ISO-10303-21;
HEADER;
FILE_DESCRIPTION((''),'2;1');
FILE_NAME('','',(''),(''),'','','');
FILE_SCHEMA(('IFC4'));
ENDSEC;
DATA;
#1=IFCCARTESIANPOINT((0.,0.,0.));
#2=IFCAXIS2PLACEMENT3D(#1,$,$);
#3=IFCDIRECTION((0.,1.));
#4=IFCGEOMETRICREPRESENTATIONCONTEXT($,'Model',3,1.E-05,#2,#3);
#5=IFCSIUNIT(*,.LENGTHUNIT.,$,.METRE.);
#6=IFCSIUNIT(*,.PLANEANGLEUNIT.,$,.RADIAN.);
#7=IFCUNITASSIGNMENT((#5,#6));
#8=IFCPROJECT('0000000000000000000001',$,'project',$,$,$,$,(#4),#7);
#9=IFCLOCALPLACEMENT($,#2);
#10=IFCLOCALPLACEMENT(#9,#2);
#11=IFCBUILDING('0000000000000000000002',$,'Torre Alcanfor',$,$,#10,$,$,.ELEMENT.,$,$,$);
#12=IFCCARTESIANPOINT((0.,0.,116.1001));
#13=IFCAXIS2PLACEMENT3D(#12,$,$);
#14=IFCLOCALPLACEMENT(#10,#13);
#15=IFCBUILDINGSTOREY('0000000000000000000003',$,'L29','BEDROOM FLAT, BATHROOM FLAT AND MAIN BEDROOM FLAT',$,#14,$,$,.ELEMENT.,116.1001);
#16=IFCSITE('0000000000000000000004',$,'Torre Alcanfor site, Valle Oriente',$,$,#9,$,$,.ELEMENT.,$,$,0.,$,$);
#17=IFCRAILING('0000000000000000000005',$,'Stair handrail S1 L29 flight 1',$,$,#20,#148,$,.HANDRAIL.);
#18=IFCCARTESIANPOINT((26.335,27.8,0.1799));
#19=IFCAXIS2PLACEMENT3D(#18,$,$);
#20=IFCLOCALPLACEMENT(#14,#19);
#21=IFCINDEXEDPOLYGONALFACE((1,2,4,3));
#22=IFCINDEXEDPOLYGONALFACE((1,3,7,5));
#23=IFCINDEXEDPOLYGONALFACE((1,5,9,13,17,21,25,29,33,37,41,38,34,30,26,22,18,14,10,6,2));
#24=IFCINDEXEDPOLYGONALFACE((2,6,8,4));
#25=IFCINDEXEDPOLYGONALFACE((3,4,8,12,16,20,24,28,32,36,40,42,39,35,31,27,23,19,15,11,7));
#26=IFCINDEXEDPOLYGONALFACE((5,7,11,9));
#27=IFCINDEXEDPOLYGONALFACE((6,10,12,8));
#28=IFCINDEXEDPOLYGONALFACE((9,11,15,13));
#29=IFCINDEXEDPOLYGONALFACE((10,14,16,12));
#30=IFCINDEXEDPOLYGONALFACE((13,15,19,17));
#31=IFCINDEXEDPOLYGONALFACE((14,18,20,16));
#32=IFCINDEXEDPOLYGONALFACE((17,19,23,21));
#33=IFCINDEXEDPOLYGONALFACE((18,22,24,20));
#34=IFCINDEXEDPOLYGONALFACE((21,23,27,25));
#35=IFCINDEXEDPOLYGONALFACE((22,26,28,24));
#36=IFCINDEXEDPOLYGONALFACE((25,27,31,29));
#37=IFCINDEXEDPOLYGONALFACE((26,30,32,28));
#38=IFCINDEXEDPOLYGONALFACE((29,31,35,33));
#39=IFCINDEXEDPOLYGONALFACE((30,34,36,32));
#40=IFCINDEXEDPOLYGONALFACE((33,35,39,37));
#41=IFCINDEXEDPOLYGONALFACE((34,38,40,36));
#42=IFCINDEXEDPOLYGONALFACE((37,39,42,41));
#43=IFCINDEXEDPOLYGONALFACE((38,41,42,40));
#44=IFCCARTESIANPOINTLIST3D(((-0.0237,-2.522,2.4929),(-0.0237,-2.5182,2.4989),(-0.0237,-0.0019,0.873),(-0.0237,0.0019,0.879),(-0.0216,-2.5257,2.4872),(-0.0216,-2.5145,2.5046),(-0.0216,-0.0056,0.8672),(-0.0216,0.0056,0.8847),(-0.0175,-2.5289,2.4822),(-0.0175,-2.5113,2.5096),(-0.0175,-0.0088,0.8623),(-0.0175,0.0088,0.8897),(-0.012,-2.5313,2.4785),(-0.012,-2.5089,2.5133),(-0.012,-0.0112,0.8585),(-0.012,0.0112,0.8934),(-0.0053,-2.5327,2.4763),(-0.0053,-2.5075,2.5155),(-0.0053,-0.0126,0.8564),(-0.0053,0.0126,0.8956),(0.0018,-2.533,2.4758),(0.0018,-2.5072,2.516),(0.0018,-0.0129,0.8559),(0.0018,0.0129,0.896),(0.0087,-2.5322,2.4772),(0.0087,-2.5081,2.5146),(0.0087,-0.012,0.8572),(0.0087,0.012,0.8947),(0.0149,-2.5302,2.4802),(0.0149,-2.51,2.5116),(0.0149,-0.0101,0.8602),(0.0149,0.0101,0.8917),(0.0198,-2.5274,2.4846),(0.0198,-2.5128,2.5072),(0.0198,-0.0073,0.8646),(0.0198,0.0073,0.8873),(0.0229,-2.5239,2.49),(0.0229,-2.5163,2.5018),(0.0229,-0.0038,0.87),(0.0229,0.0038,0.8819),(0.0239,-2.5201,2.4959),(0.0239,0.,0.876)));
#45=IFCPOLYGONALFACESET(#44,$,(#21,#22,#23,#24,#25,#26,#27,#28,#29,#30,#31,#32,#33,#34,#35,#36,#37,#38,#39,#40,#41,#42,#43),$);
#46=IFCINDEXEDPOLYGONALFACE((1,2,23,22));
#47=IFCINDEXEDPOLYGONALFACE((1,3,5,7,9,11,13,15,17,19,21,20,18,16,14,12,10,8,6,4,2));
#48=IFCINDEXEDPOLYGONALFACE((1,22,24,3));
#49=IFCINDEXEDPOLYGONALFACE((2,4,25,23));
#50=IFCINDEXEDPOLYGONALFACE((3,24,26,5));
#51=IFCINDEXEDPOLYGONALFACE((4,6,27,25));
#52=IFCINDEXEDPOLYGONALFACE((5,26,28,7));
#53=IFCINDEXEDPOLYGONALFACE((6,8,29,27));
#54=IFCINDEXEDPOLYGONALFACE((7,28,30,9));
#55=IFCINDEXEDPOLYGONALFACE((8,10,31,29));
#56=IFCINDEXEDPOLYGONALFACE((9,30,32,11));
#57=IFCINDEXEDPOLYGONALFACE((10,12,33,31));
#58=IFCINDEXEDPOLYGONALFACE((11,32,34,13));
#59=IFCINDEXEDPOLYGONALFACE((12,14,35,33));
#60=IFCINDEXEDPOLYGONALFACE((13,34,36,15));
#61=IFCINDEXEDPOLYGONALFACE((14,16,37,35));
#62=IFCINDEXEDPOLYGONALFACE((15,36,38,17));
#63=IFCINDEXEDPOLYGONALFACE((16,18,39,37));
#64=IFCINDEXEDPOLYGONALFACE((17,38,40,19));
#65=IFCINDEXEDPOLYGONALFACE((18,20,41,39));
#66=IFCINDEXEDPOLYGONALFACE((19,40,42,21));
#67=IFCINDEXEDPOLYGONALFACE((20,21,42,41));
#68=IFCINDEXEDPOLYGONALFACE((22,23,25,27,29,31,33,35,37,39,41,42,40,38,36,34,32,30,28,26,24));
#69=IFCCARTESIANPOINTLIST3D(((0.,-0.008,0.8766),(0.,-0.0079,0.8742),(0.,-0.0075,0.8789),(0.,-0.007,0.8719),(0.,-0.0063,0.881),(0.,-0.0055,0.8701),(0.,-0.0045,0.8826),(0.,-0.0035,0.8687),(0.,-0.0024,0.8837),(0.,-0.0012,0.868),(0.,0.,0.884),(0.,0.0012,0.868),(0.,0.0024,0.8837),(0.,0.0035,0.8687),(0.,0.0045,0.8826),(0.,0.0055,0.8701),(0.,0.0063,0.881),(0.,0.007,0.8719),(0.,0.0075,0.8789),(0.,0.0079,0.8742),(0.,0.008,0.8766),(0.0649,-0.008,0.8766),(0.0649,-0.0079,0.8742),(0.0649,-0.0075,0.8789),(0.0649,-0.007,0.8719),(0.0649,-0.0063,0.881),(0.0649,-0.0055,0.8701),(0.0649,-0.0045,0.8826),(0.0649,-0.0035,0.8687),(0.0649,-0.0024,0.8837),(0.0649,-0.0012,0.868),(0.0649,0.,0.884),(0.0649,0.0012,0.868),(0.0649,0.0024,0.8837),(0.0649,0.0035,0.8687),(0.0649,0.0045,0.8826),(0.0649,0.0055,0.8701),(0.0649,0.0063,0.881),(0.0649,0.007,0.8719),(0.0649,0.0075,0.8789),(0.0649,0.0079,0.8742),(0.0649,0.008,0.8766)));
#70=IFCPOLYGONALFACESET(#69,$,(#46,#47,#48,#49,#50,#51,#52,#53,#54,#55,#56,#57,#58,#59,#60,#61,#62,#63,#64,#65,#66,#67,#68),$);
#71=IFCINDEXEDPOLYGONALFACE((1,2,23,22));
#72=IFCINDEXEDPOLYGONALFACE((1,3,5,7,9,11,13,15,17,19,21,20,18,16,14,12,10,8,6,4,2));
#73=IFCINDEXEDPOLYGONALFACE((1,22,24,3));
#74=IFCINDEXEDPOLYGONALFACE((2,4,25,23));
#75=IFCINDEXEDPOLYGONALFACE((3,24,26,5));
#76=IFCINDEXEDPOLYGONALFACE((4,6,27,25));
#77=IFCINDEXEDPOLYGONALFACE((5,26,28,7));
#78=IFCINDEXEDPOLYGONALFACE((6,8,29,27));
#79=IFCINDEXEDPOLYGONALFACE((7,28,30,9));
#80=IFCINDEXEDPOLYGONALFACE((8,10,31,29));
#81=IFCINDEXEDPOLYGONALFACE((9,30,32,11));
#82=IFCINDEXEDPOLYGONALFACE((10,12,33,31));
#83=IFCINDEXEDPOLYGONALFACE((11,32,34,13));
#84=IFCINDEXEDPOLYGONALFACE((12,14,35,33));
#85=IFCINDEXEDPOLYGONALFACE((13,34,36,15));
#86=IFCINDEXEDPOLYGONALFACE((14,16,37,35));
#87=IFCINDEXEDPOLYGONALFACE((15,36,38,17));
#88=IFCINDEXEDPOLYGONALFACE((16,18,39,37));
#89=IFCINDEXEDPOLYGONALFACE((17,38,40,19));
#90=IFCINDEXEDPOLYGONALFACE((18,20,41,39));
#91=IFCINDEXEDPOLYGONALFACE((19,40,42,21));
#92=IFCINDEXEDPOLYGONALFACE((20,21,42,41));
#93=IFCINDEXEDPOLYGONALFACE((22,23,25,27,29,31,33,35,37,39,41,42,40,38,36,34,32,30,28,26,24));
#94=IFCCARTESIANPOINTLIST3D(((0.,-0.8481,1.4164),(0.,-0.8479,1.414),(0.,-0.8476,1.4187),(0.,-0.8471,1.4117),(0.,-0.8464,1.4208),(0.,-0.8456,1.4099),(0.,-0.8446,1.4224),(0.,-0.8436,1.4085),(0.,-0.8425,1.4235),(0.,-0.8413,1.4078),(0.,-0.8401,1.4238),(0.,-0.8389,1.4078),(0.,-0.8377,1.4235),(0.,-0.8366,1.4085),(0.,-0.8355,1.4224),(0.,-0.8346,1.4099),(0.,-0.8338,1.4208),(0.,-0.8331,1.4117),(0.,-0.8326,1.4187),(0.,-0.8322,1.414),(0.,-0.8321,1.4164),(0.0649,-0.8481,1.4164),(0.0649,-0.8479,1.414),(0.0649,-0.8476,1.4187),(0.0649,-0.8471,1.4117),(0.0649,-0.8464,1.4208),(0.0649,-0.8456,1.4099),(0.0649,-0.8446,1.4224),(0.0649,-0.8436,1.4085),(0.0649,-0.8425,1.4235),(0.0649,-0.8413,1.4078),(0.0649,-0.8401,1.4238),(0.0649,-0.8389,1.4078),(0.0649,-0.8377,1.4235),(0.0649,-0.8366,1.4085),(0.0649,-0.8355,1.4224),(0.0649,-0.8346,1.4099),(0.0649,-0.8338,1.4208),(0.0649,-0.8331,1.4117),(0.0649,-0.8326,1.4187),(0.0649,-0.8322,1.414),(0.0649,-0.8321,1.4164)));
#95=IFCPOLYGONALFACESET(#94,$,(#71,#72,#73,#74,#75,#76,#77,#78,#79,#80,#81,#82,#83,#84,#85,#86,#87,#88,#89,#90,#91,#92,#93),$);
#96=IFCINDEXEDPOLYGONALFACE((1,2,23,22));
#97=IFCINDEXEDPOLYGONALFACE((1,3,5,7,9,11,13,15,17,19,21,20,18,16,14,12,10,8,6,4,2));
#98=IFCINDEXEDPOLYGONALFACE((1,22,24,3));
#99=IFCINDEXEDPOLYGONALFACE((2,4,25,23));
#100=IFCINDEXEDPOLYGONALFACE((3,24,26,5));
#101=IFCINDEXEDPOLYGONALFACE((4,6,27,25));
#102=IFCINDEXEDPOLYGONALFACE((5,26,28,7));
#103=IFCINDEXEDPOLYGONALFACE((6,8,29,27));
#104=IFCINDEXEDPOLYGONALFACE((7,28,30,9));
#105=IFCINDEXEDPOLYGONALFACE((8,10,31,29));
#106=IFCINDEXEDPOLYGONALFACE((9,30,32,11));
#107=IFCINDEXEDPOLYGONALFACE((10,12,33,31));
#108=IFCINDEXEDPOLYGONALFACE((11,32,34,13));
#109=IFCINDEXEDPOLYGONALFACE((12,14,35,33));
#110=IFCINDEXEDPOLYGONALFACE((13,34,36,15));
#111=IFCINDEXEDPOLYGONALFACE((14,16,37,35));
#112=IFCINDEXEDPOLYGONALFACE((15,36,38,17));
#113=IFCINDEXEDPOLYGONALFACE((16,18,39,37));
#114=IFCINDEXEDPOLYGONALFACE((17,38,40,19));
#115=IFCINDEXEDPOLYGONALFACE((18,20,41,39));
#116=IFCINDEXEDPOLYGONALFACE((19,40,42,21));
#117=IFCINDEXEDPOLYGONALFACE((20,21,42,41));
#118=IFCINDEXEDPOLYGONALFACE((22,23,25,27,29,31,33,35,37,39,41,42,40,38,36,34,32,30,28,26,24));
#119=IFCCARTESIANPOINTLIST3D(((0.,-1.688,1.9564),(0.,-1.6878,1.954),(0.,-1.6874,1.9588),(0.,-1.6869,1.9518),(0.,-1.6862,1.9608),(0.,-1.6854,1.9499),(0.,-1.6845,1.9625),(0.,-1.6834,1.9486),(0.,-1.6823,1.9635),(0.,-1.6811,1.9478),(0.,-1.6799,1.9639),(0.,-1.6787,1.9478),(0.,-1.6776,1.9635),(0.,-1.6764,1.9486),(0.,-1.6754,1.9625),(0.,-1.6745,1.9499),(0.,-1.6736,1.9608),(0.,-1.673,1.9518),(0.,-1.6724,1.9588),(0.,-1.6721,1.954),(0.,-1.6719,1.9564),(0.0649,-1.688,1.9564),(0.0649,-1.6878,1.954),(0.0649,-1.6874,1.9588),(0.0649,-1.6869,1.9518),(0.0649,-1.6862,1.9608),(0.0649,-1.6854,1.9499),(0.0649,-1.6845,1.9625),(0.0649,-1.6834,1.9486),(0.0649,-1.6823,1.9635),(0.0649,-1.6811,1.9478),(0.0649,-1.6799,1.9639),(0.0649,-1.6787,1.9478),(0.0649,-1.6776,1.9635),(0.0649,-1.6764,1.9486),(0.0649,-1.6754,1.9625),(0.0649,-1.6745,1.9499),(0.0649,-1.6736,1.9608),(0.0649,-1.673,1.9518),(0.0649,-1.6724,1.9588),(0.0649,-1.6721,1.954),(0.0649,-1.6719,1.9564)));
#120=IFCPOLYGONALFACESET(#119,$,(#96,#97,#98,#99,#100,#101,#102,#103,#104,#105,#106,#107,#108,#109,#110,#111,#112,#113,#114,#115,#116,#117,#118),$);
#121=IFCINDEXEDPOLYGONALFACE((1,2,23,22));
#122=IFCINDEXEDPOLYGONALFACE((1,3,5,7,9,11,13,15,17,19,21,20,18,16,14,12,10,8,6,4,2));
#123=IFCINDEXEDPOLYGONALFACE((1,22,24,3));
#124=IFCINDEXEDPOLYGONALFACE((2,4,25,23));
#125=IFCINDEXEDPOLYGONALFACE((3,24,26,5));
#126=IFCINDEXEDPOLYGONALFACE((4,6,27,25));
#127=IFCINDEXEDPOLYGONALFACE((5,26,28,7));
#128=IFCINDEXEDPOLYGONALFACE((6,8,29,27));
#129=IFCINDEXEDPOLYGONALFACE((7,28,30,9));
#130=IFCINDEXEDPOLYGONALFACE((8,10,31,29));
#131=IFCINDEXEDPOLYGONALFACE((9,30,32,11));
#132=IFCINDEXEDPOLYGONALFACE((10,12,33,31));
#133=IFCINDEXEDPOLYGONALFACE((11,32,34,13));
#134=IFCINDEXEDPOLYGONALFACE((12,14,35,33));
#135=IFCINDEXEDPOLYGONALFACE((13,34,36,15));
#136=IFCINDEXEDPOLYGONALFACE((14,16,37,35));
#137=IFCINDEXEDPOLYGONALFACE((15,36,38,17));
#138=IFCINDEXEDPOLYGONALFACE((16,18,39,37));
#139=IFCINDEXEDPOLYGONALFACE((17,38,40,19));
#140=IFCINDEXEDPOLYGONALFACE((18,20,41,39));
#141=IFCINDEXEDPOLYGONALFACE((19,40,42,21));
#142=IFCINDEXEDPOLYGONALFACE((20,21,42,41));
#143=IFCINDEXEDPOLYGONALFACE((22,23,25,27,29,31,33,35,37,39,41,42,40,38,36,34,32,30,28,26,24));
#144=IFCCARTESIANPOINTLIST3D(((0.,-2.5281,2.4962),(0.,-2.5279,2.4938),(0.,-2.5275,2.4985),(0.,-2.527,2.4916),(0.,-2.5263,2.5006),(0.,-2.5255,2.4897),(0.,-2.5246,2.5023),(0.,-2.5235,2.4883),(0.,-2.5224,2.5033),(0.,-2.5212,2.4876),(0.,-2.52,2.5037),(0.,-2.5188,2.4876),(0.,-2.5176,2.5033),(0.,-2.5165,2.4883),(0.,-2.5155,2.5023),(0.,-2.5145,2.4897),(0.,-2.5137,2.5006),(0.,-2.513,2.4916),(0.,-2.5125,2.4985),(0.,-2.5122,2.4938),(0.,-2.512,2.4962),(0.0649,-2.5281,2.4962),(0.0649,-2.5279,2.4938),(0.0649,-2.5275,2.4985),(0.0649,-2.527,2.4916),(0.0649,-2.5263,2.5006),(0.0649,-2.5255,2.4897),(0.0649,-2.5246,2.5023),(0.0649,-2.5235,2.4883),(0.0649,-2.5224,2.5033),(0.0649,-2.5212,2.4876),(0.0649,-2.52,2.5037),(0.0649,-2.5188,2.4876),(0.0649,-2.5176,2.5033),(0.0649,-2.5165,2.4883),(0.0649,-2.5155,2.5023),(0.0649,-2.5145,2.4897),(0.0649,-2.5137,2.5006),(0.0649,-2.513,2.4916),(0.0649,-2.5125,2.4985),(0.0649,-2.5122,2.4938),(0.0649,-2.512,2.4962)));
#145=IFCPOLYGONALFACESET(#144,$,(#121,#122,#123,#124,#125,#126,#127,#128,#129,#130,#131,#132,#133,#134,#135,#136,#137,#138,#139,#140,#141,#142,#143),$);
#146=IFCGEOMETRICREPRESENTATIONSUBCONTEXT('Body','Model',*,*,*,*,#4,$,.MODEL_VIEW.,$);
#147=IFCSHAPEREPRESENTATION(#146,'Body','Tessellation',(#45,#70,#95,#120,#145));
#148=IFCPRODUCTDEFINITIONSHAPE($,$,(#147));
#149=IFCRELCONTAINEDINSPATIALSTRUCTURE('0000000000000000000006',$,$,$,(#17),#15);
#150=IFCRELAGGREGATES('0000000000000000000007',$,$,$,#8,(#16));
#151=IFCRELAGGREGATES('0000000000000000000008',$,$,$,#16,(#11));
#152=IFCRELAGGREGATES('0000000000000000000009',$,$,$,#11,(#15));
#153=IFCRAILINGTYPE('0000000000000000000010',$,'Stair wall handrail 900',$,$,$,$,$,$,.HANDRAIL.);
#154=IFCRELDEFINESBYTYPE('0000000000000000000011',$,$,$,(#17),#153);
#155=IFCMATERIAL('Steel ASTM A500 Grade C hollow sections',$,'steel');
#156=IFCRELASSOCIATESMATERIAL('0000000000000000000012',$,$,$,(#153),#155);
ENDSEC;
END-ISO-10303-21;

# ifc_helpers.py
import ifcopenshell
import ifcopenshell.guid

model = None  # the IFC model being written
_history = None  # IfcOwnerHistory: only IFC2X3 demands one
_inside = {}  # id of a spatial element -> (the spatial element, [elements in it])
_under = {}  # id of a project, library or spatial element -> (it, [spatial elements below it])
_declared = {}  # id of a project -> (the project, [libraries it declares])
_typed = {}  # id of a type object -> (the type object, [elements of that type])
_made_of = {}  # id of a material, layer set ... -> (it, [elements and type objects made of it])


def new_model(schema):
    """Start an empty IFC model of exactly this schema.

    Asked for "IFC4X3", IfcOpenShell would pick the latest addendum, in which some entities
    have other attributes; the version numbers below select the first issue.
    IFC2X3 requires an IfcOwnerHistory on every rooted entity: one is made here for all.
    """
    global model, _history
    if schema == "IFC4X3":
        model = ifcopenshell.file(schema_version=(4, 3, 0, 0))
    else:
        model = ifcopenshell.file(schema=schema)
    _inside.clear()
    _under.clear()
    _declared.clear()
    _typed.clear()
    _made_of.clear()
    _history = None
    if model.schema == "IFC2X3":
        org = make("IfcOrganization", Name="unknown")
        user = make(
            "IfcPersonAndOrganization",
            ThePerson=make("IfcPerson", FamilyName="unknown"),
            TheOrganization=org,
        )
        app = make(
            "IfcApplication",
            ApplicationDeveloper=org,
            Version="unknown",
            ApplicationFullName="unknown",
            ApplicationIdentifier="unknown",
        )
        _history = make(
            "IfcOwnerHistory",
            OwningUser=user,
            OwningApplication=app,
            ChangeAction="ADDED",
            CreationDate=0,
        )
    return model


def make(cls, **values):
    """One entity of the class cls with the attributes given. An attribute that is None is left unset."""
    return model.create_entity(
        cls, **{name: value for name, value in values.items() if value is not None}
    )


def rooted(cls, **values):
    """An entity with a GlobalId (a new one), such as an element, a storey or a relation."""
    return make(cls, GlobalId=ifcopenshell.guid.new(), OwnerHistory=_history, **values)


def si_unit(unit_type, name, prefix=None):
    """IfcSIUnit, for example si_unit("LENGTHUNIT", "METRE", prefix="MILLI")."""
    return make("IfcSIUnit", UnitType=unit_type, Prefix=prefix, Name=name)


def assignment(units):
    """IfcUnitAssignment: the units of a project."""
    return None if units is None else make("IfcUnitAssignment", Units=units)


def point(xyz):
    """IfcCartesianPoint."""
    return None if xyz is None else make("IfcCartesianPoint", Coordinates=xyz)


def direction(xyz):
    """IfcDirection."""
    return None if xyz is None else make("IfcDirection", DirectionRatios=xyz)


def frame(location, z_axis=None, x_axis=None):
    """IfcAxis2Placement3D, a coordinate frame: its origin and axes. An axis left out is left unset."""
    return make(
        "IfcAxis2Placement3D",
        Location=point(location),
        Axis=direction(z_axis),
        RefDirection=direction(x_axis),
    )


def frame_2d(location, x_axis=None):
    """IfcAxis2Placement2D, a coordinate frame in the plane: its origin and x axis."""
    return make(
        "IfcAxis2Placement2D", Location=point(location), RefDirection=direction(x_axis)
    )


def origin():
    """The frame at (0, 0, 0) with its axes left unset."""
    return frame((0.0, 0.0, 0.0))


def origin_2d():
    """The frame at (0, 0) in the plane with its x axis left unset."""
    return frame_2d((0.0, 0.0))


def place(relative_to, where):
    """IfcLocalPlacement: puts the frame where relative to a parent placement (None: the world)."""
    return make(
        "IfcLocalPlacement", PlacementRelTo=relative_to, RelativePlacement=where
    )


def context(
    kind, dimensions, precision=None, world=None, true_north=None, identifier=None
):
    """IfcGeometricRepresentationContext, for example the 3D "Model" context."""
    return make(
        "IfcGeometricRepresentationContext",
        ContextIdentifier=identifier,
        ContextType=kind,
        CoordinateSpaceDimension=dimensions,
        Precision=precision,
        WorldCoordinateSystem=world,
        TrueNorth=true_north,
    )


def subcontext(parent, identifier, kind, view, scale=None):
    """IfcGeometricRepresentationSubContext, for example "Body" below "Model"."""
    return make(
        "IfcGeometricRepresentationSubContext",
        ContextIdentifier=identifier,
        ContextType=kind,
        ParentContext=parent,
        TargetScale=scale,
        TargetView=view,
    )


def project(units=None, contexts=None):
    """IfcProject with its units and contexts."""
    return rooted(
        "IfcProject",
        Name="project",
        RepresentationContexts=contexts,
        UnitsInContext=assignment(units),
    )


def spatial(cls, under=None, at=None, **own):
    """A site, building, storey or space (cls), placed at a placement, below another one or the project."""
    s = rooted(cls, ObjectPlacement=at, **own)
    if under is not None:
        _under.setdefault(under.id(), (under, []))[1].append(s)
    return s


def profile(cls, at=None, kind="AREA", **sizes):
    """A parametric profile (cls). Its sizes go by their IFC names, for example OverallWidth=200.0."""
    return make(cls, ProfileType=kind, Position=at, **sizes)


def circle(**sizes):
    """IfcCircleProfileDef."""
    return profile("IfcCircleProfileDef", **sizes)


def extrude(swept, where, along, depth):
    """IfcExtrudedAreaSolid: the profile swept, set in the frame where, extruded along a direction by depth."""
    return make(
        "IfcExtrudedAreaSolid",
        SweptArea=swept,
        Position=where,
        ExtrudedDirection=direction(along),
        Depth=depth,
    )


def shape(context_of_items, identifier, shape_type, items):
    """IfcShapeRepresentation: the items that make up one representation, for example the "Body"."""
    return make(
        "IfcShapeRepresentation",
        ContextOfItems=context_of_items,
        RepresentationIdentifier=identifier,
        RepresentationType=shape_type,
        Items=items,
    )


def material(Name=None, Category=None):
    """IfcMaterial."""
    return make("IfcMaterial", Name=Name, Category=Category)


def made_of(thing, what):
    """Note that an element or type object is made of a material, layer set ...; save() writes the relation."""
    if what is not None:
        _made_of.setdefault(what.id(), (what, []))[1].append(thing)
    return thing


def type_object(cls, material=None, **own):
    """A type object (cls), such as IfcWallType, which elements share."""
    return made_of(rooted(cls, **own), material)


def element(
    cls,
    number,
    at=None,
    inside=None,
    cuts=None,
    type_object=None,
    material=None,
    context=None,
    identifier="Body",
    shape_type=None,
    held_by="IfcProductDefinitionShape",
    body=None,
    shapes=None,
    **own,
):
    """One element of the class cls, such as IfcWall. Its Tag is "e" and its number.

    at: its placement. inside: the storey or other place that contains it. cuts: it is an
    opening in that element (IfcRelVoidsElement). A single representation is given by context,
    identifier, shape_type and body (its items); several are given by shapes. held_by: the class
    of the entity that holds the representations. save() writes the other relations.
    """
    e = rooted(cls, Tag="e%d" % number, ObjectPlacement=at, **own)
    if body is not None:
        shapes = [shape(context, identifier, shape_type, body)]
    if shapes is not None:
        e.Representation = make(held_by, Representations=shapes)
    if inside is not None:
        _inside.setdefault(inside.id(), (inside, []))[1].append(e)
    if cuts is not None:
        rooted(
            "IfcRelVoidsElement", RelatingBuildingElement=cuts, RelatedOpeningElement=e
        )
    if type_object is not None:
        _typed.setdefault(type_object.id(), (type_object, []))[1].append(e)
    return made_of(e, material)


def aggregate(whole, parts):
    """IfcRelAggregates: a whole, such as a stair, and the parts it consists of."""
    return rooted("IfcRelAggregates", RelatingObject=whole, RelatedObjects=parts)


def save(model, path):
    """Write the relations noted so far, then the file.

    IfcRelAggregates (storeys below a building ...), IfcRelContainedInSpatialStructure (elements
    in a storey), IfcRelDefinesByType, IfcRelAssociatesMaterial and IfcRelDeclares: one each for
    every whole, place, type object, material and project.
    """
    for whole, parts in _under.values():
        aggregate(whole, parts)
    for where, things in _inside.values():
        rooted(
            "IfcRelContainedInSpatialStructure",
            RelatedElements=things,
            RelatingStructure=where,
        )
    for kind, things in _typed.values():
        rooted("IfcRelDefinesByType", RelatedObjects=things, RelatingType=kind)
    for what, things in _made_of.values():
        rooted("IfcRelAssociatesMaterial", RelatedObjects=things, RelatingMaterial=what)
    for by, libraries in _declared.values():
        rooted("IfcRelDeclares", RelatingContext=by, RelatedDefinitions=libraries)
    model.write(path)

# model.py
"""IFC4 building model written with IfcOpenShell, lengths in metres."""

from ifc_helpers import new_model, si_unit, direction, frame, origin, origin_2d, place, context, subcontext, project, spatial, circle, extrude, material, type_object, element, save


model = new_model("IFC4")

# Units and contexts
model_context = context("Model", 3, precision=1e-05, world=origin(), true_north=direction((0.0, 1.0)))
body_context = subcontext(model_context, "Body", "Model", "MODEL_VIEW")
ifc_project = project(units=[si_unit("LENGTHUNIT", "METRE"), si_unit("PLANEANGLEUNIT", "RADIAN")], contexts=[model_context])

# Site, building, storey
site_placement = place(None, origin())
site = spatial("IfcSite", under=ifc_project, at=site_placement, Name="Torre Alcanfor site, Valle Oriente", CompositionType="ELEMENT", RefElevation=0.0)
building_placement = place(site_placement, origin())
building = spatial("IfcBuilding", under=site, at=building_placement, Name="Torre Alcanfor", CompositionType="ELEMENT")
storey_placement = place(building_placement, frame((0.0, 0.0, 116.1001)))
storey = spatial("IfcBuildingStorey", under=building, at=storey_placement, Name="L29", Description="BEDROOM FLAT, BATHROOM FLAT AND MAIN BEDROOM FLAT", CompositionType="ELEMENT", Elevation=116.1001)

# Railing
ifc_material_1 = material(Name="Steel ASTM A500 Grade C hollow sections", Category="steel")
railing_type_1 = type_object("IfcRailingType", Name="Stair wall handrail 900", PredefinedType="HANDRAIL", material=ifc_material_1)
railing_1_placement = place(storey_placement, frame((26.335, 27.8, 0.1799)))
element("IfcRailing", 1, at=railing_1_placement, inside=storey, type_object=railing_type_1, Name="Stair handrail S1 L29 flight 1", PredefinedType="HANDRAIL", context=body_context, shape_type="SweptSolid", body=[
    extrude(circle(Radius=0.0239, at=origin_2d()), frame((0.0, 0.0, 0.876), z_axis=(0.0, -0.8412, 0.540725), x_axis=(1.0, 0.0, 0.0)), (0.0, 0.0, 1.0), 2.9958),
    extrude(circle(Radius=0.0081, at=origin_2d()), frame((0.0, 0.0, 0.876), z_axis=(1.0, 0.0, 0.0), x_axis=(0.0, 0.0, 1.0)), (0.0, 0.0, 1.0), 0.0649),
    extrude(circle(Radius=0.0081, at=origin_2d()), frame((0.0, -0.8401, 1.4158), z_axis=(1.0, 0.0, 0.0), x_axis=(0.0, 0.0, 1.0)), (0.0, 0.0, 1.0), 0.0649),
    extrude(circle(Radius=0.0081, at=origin_2d()), frame((0.0, -1.6799, 1.9558), z_axis=(1.0, 0.0, 0.0), x_axis=(0.0, 0.0, 1.0)), (0.0, 0.0, 1.0), 0.0649),
    extrude(circle(Radius=0.0081, at=origin_2d()), frame((0.0, -2.52, 2.4956), z_axis=(1.0, 0.0, 0.0), x_axis=(0.0, 0.0, 1.0)), (0.0, 0.0, 1.0), 0.0649),
])

save(model, "model.ifc")
